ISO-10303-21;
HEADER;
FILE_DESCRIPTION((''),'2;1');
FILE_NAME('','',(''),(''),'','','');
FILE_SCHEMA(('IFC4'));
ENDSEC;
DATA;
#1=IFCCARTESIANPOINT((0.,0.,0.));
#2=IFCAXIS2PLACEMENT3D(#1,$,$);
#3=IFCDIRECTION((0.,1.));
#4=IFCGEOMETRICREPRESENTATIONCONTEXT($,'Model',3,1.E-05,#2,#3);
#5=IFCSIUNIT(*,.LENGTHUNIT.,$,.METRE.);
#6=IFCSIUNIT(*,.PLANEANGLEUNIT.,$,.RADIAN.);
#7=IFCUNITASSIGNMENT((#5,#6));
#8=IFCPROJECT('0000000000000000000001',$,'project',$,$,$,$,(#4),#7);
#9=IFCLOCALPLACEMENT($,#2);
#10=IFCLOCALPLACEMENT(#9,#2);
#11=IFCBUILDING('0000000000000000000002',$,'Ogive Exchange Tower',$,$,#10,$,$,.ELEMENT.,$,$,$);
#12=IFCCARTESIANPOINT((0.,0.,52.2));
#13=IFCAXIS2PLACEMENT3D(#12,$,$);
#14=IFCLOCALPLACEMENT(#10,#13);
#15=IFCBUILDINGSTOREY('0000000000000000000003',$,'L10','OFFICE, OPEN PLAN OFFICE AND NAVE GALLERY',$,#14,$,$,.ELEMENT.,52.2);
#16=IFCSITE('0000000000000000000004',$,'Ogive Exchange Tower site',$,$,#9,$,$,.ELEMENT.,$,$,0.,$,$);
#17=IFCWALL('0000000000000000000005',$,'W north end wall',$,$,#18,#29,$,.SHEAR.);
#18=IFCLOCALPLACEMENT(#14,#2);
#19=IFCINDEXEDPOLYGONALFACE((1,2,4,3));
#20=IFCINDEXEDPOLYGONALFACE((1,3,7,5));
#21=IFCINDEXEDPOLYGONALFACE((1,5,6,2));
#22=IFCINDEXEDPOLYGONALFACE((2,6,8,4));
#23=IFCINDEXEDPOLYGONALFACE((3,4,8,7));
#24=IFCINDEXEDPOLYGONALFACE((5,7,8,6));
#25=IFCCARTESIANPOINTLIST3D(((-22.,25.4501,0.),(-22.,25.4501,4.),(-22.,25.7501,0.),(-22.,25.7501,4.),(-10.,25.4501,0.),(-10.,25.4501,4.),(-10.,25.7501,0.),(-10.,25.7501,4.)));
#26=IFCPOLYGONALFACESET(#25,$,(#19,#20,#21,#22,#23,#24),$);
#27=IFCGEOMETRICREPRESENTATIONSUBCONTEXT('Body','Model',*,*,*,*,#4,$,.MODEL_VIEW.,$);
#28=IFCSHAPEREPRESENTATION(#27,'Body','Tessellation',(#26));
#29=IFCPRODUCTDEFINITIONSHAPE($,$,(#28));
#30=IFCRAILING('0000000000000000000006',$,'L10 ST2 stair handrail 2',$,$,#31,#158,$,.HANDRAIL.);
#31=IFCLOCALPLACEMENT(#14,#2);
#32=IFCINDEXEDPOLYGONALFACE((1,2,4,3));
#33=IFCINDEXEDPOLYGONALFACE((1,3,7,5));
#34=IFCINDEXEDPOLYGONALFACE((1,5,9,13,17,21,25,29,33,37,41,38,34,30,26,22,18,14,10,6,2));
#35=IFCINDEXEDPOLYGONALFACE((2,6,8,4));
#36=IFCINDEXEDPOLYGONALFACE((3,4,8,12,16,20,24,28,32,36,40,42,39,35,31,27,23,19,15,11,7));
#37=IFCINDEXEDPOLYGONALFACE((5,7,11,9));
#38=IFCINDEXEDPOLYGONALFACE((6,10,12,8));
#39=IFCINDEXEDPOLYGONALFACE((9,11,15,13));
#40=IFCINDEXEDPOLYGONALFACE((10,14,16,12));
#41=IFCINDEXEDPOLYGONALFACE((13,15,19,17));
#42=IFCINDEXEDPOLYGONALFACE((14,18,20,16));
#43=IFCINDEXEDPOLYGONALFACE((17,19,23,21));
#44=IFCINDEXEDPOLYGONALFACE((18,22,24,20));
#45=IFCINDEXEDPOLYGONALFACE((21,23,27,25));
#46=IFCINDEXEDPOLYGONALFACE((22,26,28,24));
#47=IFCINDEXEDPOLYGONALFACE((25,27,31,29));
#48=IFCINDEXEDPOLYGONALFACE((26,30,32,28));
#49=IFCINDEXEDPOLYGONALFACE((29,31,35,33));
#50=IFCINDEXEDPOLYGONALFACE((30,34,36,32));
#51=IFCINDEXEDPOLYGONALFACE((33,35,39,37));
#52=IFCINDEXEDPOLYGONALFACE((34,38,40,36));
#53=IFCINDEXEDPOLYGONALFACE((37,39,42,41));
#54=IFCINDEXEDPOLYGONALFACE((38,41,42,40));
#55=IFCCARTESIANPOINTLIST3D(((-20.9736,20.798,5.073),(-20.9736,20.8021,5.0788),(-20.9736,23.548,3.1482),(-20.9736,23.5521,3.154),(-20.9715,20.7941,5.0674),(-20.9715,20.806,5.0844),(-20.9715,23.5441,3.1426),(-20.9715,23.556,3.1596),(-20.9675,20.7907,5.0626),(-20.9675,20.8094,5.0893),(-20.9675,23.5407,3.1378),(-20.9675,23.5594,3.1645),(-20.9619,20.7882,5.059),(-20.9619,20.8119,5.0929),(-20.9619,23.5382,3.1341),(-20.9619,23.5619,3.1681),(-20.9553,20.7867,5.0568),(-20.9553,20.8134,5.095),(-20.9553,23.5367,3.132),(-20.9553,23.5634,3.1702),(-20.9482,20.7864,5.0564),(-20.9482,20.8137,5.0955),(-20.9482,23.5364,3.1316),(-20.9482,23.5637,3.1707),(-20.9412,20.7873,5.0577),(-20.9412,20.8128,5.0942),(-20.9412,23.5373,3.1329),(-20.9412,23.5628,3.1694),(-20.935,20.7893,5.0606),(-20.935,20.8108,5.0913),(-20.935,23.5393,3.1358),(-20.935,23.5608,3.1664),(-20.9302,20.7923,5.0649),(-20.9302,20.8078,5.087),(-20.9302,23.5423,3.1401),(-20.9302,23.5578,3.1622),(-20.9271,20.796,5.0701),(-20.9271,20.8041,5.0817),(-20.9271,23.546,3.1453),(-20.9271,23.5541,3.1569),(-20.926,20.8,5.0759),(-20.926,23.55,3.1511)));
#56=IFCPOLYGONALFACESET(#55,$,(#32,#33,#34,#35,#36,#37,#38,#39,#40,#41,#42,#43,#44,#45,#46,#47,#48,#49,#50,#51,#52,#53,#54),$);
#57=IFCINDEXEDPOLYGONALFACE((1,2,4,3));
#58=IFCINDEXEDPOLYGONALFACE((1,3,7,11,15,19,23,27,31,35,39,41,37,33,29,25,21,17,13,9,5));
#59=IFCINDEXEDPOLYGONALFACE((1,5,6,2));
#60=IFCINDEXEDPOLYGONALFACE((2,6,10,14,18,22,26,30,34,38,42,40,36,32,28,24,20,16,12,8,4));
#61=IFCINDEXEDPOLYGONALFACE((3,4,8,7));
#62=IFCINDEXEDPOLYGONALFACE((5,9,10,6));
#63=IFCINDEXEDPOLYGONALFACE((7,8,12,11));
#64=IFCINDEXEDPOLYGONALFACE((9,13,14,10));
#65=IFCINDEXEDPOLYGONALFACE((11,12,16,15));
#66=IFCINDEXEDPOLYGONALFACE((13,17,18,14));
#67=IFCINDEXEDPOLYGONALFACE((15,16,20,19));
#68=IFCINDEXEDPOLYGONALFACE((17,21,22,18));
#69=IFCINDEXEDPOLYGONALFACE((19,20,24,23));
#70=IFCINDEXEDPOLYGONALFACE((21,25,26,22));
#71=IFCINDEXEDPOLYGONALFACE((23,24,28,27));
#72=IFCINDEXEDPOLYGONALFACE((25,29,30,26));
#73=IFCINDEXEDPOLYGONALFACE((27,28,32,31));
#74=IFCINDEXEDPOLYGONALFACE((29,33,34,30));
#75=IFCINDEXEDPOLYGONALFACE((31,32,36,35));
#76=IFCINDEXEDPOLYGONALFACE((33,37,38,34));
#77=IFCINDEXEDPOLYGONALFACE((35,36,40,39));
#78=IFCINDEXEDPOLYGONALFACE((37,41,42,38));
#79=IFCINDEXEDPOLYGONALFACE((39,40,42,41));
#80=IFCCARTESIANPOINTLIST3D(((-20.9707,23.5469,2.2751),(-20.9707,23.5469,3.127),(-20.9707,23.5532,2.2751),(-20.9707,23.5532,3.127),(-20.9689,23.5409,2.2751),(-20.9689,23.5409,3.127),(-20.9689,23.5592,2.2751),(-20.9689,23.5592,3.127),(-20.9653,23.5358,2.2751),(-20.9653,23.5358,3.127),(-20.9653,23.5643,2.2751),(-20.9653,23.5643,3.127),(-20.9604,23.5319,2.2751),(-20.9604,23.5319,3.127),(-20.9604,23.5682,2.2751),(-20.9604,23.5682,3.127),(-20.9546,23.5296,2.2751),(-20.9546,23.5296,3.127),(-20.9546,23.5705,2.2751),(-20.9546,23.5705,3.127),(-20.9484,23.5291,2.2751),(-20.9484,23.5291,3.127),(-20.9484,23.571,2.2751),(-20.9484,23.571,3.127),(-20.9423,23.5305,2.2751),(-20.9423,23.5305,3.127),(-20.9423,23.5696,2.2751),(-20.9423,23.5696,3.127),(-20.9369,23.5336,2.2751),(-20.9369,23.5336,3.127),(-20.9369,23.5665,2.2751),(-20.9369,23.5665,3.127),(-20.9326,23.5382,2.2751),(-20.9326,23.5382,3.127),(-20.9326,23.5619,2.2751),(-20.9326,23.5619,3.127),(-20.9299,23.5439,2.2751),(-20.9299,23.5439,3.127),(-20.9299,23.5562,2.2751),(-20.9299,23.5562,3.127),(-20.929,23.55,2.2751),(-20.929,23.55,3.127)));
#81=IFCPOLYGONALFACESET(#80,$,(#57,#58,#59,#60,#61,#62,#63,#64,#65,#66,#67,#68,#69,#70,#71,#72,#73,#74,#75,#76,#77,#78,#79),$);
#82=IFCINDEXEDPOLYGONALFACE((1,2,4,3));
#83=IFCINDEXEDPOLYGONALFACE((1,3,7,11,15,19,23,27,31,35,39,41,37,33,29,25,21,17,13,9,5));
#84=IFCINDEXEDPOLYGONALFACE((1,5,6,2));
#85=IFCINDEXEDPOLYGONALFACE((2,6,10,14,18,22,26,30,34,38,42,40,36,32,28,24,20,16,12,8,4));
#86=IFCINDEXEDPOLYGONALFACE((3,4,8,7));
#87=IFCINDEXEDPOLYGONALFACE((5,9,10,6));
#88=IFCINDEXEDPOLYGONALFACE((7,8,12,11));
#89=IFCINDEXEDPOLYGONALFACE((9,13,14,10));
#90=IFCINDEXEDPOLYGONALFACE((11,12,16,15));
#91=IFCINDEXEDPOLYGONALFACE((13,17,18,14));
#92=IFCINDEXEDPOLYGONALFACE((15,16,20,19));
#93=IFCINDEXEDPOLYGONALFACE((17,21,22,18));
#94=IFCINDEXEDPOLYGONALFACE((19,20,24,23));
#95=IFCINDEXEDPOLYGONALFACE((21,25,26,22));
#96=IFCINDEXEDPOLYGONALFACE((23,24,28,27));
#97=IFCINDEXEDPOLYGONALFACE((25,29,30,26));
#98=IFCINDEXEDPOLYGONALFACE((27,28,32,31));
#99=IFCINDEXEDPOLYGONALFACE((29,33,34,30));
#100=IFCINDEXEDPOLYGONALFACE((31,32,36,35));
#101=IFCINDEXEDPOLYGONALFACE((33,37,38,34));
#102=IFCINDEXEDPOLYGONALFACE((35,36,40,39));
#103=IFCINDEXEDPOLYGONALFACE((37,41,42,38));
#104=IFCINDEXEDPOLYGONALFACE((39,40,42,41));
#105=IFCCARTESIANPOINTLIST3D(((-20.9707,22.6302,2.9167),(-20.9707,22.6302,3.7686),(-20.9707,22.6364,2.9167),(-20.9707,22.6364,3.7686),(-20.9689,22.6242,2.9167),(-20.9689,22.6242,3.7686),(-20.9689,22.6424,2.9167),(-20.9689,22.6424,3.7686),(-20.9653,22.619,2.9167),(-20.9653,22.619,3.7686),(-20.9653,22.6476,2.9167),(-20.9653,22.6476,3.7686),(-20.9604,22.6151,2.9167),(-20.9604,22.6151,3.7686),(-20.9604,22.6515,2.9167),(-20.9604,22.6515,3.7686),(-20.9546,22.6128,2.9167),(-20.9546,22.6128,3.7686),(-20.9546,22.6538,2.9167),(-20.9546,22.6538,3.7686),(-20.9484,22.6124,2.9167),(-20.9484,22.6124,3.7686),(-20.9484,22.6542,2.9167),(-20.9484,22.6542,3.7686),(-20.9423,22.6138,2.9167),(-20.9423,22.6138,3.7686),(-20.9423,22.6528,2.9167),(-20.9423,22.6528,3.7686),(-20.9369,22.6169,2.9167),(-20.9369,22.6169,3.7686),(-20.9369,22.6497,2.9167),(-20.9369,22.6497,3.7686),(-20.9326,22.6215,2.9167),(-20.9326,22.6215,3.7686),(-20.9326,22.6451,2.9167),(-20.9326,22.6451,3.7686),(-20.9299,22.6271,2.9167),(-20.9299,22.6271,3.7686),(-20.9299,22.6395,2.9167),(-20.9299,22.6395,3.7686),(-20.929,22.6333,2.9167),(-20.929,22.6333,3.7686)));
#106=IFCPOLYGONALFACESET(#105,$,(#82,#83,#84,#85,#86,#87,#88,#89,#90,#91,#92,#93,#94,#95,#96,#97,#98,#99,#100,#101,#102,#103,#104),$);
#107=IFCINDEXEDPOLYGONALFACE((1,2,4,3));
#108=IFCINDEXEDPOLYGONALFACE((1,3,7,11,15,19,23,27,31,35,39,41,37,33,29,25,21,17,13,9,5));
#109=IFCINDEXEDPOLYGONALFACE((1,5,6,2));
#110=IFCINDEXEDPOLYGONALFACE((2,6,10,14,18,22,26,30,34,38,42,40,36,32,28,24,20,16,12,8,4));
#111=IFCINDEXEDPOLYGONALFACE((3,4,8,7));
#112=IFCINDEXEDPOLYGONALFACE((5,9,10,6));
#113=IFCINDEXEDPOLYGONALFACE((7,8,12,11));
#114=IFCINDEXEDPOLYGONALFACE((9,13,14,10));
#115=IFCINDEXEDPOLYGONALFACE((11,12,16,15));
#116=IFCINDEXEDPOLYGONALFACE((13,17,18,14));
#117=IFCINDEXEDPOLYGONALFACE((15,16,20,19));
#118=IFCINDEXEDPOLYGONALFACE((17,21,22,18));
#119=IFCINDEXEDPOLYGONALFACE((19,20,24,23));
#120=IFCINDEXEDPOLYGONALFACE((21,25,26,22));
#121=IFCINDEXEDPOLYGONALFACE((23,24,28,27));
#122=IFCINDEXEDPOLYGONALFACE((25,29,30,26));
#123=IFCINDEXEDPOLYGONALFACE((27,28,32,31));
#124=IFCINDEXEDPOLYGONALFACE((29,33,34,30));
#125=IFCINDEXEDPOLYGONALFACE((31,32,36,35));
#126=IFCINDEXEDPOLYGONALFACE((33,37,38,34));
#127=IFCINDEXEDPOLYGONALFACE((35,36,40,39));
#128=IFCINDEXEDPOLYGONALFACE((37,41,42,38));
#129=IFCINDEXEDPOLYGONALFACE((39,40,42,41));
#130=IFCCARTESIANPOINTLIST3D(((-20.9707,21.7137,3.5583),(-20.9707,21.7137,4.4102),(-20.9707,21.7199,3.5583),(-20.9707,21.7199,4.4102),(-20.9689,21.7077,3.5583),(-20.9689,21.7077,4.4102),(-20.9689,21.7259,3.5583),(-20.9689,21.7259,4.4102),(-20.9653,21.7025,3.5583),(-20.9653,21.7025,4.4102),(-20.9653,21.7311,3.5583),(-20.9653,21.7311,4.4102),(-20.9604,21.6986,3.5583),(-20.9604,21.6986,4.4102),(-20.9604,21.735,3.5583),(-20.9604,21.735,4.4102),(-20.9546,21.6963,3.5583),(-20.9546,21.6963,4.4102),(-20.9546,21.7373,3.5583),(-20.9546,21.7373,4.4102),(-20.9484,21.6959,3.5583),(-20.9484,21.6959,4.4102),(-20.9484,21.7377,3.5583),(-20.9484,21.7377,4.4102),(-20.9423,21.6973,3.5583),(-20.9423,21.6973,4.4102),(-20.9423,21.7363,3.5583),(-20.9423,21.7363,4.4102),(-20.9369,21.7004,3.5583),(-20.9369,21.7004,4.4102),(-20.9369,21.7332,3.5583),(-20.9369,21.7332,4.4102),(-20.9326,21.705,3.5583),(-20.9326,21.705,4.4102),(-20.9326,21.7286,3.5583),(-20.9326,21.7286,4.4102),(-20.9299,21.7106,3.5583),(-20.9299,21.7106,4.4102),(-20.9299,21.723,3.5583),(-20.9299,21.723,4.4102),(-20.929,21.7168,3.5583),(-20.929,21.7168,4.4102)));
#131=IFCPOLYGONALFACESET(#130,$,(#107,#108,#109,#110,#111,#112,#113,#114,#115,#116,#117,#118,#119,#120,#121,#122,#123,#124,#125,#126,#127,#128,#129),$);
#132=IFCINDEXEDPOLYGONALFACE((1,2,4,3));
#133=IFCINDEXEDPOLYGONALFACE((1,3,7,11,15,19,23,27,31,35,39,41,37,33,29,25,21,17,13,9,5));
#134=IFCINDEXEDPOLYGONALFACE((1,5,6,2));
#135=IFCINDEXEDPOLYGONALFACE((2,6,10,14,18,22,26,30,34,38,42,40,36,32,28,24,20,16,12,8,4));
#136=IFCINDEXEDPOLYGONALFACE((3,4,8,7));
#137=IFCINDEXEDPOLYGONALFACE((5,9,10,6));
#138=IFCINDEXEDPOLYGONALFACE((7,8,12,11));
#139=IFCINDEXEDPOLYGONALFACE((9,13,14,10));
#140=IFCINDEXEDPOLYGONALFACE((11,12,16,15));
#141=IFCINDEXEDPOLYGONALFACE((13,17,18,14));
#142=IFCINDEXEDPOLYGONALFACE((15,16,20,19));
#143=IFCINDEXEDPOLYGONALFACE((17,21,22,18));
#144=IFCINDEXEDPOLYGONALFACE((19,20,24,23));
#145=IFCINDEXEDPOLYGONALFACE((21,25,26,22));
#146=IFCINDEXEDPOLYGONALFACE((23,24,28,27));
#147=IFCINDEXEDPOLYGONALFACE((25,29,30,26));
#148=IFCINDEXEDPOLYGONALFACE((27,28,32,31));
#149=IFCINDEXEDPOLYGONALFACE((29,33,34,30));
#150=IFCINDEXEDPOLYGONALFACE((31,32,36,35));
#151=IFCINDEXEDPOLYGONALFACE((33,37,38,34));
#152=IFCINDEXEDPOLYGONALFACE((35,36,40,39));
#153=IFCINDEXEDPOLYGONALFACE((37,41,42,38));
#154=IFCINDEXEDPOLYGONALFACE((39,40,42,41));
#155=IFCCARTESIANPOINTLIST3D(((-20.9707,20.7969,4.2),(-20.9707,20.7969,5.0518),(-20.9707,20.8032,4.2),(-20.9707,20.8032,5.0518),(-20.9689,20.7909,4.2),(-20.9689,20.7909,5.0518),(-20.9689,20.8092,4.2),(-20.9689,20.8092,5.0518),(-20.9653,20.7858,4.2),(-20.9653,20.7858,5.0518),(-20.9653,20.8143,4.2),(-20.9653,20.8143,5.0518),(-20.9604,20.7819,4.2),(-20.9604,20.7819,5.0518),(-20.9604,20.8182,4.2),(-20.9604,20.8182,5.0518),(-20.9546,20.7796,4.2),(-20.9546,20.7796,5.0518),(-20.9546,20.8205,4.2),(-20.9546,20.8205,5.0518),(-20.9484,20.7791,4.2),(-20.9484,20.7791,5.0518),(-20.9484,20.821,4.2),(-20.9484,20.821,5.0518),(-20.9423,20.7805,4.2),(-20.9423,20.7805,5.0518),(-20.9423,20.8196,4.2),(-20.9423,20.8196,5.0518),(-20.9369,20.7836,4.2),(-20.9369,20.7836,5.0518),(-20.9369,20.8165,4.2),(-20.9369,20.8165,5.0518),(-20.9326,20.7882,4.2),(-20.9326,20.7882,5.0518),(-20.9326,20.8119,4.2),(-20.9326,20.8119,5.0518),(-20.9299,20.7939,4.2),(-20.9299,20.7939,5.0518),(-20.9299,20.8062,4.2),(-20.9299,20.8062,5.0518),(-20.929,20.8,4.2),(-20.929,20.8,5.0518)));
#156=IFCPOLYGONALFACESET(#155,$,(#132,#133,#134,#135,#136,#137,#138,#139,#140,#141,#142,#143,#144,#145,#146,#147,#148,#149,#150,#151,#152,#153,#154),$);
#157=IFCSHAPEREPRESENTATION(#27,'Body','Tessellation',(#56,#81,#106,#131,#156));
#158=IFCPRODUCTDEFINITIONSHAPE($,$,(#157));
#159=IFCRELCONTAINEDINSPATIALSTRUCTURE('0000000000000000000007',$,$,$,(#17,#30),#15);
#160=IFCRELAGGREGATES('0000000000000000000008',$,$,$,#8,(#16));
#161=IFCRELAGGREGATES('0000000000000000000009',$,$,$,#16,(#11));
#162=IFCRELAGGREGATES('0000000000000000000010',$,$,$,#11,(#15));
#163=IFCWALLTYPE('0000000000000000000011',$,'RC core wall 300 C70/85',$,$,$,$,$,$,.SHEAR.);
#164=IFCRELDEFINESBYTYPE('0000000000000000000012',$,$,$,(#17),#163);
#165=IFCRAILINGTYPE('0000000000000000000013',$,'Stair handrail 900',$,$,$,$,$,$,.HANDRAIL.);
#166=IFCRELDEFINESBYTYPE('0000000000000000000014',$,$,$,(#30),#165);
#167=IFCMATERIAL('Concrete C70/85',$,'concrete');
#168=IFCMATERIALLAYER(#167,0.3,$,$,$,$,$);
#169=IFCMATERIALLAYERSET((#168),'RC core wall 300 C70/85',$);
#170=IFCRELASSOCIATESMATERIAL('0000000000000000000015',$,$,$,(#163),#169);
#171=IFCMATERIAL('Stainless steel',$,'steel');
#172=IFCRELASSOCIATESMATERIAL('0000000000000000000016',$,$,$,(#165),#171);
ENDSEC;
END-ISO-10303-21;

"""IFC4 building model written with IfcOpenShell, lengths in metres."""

from ifc_helpers import new_model, si_unit, direction, frame, frame_2d, origin, origin_2d, place, context, subcontext, project, spatial, rectangle, circle, extrude, material, layer, layer_set, type_object, element, save


model = new_model("IFC4")

# Units and contexts
model_context = context("Model", 3, precision=1e-05, world=origin(), true_north=direction((0.0, 1.0)))
body_context = subcontext(model_context, "Body", "Model", "MODEL_VIEW")
ifc_project = project(units=[si_unit("LENGTHUNIT", "METRE"), si_unit("PLANEANGLEUNIT", "RADIAN")], contexts=[model_context])

# Site, building, storey
site_placement = place(None, origin())
site = spatial("IfcSite", under=ifc_project, at=site_placement, Name="Ogive Exchange Tower site", CompositionType="ELEMENT", RefElevation=0.0)
building_placement = place(site_placement, origin())
building = spatial("IfcBuilding", under=site, at=building_placement, Name="Ogive Exchange Tower", CompositionType="ELEMENT")
storey_placement = place(building_placement, frame((0.0, 0.0, 52.2)))
storey = spatial("IfcBuildingStorey", under=building, at=storey_placement, Name="L10", Description="OFFICE, OPEN PLAN OFFICE AND NAVE GALLERY", CompositionType="ELEMENT", Elevation=52.2)

# Wall
ifc_material_1 = material(Name="Concrete C70/85", Category="concrete")
ifc_layer_1 = layer(ifc_material_1, 0.3)
ifc_layer_set_1 = layer_set([ifc_layer_1], Name="RC core wall 300 C70/85")
wall_type_1 = type_object("IfcWallType", Name="RC core wall 300 C70/85", PredefinedType="SHEAR", material=ifc_layer_set_1)
wall_1_placement = place(storey_placement, frame((-22.0, 25.6001, 0.0), z_axis=(0.0, 0.0, 1.0), x_axis=(1.0, 0.0, 0.0)))
element("IfcWall", 1, at=wall_1_placement, inside=storey, type_object=wall_type_1, Name="W north end wall", PredefinedType="SHEAR", context=body_context, shape_type="SweptSolid", body=[
    extrude(rectangle(XDim=12.0, YDim=0.3, at=frame_2d((6.0, 0.0))), origin(), (0.0, 0.0, 1.0), 4.0),
])

# Railing
ifc_material_2 = material(Name="Stainless steel", Category="steel")
railing_type_1 = type_object("IfcRailingType", Name="Stair handrail 900", PredefinedType="HANDRAIL", material=ifc_material_2)
railing_1_placement = place(storey_placement, frame((-20.95, 23.55, 2.2751)))
element("IfcRailing", 2, at=railing_1_placement, inside=storey, type_object=railing_type_1, Name="L10 ST2 stair handrail 2", PredefinedType="HANDRAIL", context=body_context, shape_type="SweptSolid", body=[
    extrude(circle(Radius=0.0239, at=origin_2d()), frame((0.0, 0.0, 0.876), z_axis=(0.0, -0.819259, 0.573423), x_axis=(1.0, 0.0, 0.0)), (0.0, 0.0, 1.0), 3.3567),
    extrude(circle(Radius=0.021, at=origin_2d()), origin(), (0.0, 0.0, 1.0), 0.8518),
    extrude(circle(Radius=0.021, at=origin_2d()), frame((0.0, -0.9167, 0.6416)), (0.0, 0.0, 1.0), 0.8518),
    extrude(circle(Radius=0.021, at=origin_2d()), frame((0.0, -1.8333, 1.2832)), (0.0, 0.0, 1.0), 0.8518),
    extrude(circle(Radius=0.021, at=origin_2d()), frame((0.0, -2.75, 1.9248)), (0.0, 0.0, 1.0), 0.8518),
])

save(model, "model.ifc")
